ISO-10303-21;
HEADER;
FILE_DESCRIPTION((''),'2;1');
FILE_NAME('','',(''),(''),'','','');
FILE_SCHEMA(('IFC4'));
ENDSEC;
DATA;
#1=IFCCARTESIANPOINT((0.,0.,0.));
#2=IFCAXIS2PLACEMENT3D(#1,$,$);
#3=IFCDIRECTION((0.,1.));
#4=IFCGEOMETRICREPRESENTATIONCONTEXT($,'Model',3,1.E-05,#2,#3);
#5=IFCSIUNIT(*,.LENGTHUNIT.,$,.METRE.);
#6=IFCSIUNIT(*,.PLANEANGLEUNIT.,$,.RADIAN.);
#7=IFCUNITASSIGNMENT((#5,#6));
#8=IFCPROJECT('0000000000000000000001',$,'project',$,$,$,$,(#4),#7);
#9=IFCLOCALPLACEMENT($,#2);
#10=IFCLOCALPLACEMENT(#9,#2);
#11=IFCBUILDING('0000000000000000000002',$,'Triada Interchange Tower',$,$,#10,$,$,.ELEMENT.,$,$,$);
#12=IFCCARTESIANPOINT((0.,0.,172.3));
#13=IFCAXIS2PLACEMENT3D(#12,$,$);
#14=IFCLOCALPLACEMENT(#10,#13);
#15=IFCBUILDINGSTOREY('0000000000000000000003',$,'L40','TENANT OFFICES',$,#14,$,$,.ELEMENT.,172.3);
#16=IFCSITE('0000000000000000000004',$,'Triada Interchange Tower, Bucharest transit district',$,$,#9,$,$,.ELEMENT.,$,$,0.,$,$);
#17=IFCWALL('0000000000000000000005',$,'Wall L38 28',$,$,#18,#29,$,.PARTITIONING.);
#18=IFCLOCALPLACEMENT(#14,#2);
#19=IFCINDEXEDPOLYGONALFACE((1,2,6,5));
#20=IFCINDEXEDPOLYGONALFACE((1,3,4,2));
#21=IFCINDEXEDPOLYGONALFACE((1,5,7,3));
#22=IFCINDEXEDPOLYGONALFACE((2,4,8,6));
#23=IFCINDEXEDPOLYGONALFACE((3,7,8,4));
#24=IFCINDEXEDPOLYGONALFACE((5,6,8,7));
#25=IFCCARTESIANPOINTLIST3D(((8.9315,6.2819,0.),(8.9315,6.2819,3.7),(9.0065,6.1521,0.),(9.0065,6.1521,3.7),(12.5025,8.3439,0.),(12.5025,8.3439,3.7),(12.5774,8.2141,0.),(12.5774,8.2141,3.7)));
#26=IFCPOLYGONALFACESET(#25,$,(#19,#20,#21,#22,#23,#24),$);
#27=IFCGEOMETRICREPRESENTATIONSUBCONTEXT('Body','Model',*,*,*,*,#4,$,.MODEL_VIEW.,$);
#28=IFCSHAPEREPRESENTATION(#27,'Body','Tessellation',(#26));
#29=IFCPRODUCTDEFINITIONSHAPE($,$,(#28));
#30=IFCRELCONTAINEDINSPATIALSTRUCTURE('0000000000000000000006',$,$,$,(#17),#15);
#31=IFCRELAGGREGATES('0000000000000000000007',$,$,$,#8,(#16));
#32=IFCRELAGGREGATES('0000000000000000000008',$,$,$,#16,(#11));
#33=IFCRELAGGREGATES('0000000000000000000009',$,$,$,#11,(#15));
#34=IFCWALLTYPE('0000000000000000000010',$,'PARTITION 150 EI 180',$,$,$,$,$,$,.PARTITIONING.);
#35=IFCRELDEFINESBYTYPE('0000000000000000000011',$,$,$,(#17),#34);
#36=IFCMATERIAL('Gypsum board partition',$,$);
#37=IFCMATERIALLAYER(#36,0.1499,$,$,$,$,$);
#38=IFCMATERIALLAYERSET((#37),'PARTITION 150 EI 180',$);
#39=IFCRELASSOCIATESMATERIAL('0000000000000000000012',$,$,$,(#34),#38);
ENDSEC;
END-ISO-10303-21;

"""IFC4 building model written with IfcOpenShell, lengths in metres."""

from ifc_helpers import new_model, si_unit, direction, frame, frame_2d, origin, place, context, subcontext, project, spatial, rectangle, extrude, material, layer, layer_set, type_object, element, save


model = new_model("IFC4")

# Units and contexts
model_context = context("Model", 3, precision=1e-05, world=origin(), true_north=direction((0.0, 1.0)))
body_context = subcontext(model_context, "Body", "Model", "MODEL_VIEW")
ifc_project = project(units=[si_unit("LENGTHUNIT", "METRE"), si_unit("PLANEANGLEUNIT", "RADIAN")], contexts=[model_context])

# Site, building, storey
site_placement = place(None, origin())
site = spatial("IfcSite", under=ifc_project, at=site_placement, Name="Triada Interchange Tower, Bucharest transit district", CompositionType="ELEMENT", RefElevation=0.0)
building_placement = place(site_placement, origin())
building = spatial("IfcBuilding", under=site, at=building_placement, Name="Triada Interchange Tower", CompositionType="ELEMENT")
storey_placement = place(building_placement, frame((0.0, 0.0, 172.3)))
storey = spatial("IfcBuildingStorey", under=building, at=storey_placement, Name="L40", Description="TENANT OFFICES", CompositionType="ELEMENT", Elevation=172.3)

# Wall
ifc_material_1 = material(Name="Gypsum board partition")
ifc_layer_1 = layer(ifc_material_1, 0.1499)
ifc_layer_set_1 = layer_set([ifc_layer_1], Name="PARTITION 150 EI 180")
wall_type_1 = type_object("IfcWallType", Name="PARTITION 150 EI 180", PredefinedType="PARTITIONING", material=ifc_layer_set_1)
wall_1_placement = place(storey_placement, frame((8.969, 6.217, 0.0), z_axis=(0.0, 0.0, 1.0), x_axis=(0.865997, 0.500049, 0.0)))
element("IfcWall", 1, at=wall_1_placement, inside=storey, type_object=wall_type_1, Name="Wall L38 28", PredefinedType="PARTITIONING", context=body_context, shape_type="SweptSolid", body=[
    extrude(rectangle(XDim=4.1235, YDim=0.1499, at=frame_2d((2.0618, 0.0))), origin(), (0.0, 0.0, 1.0), 3.7),
])

save(model, "model.ifc")
